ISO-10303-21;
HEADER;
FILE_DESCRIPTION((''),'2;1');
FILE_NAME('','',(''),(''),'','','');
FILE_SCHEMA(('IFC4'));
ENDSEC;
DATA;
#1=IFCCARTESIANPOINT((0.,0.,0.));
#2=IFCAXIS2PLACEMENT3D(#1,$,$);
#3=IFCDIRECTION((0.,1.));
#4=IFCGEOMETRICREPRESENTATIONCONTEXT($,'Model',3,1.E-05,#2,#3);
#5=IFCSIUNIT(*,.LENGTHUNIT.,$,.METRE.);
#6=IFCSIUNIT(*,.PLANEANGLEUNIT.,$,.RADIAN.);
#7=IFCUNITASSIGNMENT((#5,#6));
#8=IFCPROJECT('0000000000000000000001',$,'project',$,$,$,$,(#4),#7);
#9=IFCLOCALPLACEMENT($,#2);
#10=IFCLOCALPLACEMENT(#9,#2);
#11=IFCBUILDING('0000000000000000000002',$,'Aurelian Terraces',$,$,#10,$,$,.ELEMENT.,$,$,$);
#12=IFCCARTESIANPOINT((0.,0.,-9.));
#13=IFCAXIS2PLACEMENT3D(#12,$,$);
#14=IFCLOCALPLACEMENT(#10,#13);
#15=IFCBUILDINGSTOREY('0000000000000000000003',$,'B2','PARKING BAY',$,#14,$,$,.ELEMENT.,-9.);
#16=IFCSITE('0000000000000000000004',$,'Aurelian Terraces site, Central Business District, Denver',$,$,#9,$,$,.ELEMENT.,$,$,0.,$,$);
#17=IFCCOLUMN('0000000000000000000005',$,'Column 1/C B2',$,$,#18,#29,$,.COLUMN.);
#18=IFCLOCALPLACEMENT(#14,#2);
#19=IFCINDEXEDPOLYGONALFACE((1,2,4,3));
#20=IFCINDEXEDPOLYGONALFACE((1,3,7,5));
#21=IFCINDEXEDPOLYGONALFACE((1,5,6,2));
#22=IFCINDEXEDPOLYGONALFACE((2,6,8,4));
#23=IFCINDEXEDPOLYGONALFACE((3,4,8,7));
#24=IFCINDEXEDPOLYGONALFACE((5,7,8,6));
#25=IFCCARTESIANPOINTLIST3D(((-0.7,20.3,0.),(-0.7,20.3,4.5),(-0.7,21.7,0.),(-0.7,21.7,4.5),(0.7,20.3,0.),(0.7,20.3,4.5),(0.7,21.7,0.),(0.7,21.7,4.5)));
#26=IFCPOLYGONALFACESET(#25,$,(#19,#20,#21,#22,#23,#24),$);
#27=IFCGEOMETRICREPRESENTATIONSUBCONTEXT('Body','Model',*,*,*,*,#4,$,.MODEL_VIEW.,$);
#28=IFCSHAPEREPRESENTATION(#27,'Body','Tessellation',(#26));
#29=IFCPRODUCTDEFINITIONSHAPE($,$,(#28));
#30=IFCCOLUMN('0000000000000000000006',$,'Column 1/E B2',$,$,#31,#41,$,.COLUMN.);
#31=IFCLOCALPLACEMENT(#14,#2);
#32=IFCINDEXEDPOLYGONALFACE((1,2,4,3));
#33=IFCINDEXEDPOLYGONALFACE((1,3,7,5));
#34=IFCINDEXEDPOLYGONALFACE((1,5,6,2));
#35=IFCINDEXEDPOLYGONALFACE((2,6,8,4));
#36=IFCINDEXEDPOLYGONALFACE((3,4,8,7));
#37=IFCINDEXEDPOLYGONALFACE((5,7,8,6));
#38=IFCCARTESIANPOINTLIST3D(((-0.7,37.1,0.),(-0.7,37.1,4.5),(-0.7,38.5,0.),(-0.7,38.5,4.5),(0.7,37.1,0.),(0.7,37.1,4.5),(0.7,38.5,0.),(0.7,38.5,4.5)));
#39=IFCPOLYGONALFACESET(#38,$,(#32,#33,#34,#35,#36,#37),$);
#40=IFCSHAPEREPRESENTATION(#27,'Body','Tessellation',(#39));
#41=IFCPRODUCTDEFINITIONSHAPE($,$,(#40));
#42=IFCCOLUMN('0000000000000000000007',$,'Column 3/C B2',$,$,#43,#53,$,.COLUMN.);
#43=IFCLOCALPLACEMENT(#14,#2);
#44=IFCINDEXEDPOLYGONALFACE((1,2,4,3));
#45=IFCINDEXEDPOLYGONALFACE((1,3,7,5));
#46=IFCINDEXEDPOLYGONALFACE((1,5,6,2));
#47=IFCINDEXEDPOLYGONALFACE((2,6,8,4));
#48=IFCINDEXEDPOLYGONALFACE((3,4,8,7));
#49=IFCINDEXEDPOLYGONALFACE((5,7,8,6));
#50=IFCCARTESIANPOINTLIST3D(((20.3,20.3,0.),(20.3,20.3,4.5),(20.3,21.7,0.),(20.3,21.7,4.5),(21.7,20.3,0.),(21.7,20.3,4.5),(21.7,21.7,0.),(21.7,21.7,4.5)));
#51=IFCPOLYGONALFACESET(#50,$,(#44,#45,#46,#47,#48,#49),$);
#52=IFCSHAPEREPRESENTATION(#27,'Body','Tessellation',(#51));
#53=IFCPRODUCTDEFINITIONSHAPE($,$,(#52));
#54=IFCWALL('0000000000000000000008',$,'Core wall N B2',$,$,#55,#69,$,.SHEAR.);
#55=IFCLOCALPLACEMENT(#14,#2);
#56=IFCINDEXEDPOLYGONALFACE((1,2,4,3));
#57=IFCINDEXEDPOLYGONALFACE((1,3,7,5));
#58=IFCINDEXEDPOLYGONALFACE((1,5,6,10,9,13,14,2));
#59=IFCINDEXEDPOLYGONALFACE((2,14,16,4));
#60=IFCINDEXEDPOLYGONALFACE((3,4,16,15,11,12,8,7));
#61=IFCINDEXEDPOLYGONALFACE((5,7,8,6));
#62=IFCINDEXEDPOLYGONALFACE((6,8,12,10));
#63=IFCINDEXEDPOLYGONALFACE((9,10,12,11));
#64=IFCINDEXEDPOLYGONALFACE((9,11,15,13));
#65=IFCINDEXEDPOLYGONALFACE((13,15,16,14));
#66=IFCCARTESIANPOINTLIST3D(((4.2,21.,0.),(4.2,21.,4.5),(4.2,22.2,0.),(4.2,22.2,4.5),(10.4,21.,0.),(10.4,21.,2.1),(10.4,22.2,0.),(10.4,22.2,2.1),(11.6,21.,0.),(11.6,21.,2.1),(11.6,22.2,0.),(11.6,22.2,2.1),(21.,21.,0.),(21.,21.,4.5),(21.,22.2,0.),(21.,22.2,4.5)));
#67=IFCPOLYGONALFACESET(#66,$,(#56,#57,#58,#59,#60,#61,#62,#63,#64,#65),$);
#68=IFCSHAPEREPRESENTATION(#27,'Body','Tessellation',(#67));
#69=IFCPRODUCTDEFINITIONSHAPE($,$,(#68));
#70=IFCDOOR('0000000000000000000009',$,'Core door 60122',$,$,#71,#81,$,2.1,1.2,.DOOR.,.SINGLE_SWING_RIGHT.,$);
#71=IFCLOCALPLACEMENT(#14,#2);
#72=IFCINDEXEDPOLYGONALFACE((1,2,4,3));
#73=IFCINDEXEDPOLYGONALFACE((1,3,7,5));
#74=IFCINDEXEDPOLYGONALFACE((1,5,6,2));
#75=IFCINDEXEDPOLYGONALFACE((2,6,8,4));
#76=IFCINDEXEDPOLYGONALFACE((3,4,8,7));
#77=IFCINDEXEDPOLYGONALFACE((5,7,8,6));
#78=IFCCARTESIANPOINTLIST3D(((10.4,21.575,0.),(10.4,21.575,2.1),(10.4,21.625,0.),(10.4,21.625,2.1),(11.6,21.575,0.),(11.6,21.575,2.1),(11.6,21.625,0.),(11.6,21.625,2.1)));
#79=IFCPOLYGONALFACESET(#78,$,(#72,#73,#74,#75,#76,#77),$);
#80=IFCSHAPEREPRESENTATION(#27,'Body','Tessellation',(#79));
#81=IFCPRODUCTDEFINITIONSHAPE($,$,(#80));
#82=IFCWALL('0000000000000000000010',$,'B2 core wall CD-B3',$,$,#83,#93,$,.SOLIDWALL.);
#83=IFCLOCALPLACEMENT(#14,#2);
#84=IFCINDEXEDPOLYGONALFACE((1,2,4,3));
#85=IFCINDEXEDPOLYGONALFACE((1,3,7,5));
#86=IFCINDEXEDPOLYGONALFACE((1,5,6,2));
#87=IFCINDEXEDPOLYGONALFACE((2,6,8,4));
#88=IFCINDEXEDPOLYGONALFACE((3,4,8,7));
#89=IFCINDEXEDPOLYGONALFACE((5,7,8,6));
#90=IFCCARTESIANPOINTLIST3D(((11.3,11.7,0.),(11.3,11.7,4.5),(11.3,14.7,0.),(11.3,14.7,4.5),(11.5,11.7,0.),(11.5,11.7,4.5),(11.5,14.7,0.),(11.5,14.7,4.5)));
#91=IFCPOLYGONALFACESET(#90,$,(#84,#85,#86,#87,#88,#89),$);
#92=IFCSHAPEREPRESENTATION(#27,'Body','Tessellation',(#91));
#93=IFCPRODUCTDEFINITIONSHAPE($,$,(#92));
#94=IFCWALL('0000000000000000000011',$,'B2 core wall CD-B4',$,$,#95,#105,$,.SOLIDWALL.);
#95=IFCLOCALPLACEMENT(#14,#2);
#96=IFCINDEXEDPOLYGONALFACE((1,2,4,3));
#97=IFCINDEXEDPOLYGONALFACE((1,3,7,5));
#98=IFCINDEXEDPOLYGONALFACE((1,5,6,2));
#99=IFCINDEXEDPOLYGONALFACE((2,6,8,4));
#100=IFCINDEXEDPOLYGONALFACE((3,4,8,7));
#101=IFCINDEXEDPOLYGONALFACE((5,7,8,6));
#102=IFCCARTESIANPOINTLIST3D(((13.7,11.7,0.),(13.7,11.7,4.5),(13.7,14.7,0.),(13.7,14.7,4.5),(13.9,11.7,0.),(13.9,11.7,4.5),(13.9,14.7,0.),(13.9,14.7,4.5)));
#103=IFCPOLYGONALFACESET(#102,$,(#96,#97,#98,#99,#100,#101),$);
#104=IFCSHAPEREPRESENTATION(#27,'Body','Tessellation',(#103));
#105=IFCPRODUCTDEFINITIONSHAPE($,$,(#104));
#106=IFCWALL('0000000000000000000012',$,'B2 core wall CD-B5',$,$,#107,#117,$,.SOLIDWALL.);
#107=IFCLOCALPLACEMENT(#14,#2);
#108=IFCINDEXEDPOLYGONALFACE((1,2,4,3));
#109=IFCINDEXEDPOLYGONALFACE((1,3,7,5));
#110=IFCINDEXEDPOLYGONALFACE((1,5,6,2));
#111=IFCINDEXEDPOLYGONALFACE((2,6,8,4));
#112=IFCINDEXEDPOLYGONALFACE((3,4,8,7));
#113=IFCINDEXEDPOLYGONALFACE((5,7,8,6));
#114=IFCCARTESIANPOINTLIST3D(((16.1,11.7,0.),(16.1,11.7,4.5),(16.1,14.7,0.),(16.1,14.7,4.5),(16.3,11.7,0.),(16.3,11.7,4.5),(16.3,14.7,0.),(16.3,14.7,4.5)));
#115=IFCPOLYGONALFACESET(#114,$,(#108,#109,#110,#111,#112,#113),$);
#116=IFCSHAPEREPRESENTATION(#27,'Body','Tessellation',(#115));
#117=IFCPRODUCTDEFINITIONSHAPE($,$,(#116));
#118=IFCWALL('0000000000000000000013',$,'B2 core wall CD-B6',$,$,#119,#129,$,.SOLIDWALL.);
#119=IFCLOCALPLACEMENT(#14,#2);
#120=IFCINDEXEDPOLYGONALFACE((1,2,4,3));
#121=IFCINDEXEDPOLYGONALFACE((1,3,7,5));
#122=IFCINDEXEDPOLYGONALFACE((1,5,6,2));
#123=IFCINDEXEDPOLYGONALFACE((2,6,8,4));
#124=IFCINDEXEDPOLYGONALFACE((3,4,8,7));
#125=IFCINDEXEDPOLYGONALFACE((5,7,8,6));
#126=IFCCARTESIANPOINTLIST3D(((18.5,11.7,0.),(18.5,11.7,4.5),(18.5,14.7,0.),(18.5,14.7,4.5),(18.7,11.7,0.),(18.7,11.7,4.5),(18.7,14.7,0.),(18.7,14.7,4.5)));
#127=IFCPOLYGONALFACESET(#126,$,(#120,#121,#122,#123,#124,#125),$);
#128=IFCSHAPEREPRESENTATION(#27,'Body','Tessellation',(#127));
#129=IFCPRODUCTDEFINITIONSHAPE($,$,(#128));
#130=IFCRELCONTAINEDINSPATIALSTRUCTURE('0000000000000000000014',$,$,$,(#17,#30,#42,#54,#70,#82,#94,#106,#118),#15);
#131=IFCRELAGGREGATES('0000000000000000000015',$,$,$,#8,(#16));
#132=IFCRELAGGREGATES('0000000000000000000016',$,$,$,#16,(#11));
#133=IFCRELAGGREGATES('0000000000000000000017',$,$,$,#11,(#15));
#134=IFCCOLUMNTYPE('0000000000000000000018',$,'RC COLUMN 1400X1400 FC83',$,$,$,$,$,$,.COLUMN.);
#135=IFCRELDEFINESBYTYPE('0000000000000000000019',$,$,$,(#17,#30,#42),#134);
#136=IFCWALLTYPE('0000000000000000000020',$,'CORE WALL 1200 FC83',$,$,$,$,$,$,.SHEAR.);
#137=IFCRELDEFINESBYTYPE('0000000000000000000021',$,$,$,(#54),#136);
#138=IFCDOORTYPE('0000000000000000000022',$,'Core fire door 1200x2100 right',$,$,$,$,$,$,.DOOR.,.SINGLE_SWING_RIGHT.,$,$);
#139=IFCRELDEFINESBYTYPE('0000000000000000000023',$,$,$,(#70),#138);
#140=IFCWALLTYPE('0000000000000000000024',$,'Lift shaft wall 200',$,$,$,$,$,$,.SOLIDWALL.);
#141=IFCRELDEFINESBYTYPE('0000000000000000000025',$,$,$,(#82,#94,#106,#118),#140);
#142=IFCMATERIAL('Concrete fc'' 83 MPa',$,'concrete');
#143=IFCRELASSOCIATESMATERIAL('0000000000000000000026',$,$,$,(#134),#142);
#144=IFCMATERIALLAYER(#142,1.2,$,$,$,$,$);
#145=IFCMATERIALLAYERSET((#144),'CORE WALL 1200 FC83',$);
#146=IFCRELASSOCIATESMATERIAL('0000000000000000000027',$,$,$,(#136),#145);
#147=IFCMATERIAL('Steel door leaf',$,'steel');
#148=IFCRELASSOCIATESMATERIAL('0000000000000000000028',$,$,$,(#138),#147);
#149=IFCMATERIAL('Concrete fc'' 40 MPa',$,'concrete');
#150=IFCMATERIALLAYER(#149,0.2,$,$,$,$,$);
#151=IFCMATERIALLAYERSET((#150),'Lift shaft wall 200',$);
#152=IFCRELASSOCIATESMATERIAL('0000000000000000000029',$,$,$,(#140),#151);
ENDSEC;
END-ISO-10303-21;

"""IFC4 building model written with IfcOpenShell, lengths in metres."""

from ifc_helpers import new_model, si_unit, direction, frame, frame_2d, origin, origin_2d, place, context, subcontext, project, spatial, rectangle, extrude, source, transform, mapped, material, layer, layer_set, material_profile, profile_set, type_object, element, fill, save


model = new_model("IFC4")

# Units and contexts
model_context = context("Model", 3, precision=1e-05, world=origin(), true_north=direction((0.0, 1.0)))
body_context = subcontext(model_context, "Body", "Model", "MODEL_VIEW")
ifc_project = project(units=[si_unit("LENGTHUNIT", "METRE"), si_unit("PLANEANGLEUNIT", "RADIAN")], contexts=[model_context])

# Site, building, storey
site_placement = place(None, origin())
site = spatial("IfcSite", under=ifc_project, at=site_placement, Name="Aurelian Terraces site, Central Business District, Denver", CompositionType="ELEMENT", RefElevation=0.0)
building_placement = place(site_placement, origin())
building = spatial("IfcBuilding", under=site, at=building_placement, Name="Aurelian Terraces", CompositionType="ELEMENT")
storey_placement = place(building_placement, frame((0.0, 0.0, -9.0)))
storey = spatial("IfcBuildingStorey", under=building, at=storey_placement, Name="B2", Description="PARKING BAY", CompositionType="ELEMENT", Elevation=-9.0)

# Columns
ifc_material_1 = material(Name="Concrete fc' 83 MPa", Category="concrete")
ifc_material_profile = material_profile(ifc_material_1, rectangle(XDim=1.4, YDim=1.4, at=origin_2d()))
ifc_profile_set = profile_set([ifc_material_profile], Name="Concrete fc' 83 MPa")
column_type = type_object("IfcColumnType", Name="RC COLUMN 1400X1400 FC83", PredefinedType="COLUMN", material=ifc_profile_set)
shared_shape_1 = source(origin(), body_context, "Body", "SweptSolid", [
    extrude(rectangle(XDim=1.4, YDim=1.4, at=origin_2d()), origin(), (0.0, 0.0, 1.0), 4.5),
])
for number, where, z_axis, x_axis, name in (
    (1, (0.0, 21.0, 0.0), (0.0, 0.0, 1.0), (1.0, 0.0, 0.0), "Column 1/C B2"),
    (2, (0.0, 37.8, 0.0), (0.0, 0.0, 1.0), (1.0, 0.0, 0.0), "Column 1/E B2"),
    (3, (21.0, 21.0, 0.0), (0.0, 0.0, 1.0), (1.0, 0.0, 0.0), "Column 3/C B2"),
):
    element("IfcColumn", number, at=place(storey_placement, frame(where, z_axis=z_axis, x_axis=x_axis)), inside=storey, type_object=column_type, Name=name, PredefinedType="COLUMN", context=body_context, shape_type="MappedRepresentation", body=[
        mapped(shared_shape_1, transform((0.0, 0.0, 0.0), scale=1.0)),
    ])

# Wall, opening, door
ifc_layer_1 = layer(ifc_material_1, 1.2)
ifc_layer_set_1 = layer_set([ifc_layer_1], Name="CORE WALL 1200 FC83")
wall_type_1 = type_object("IfcWallType", Name="CORE WALL 1200 FC83", PredefinedType="SHEAR", material=ifc_layer_set_1)
shared_shape_2 = source(origin(), body_context, "Body", "SweptSolid", [
    extrude(rectangle(XDim=16.8, YDim=1.2, at=frame_2d((8.4, 0.0))), origin(), (0.0, 0.0, 1.0), 4.5),
])
wall_1_placement = place(storey_placement, frame((4.2, 21.6, 0.0), z_axis=(0.0, 0.0, 1.0), x_axis=(1.0, 0.0, 0.0)))
wall_1 = element("IfcWall", 4, at=wall_1_placement, inside=storey, type_object=wall_type_1, Name="Core wall N B2", PredefinedType="SHEAR", context=body_context, shape_type="MappedRepresentation", body=[
    mapped(shared_shape_2, transform((0.0, 0.0, 0.0), scale=1.0)),
])
shared_shape_3 = source(origin(), body_context, "Body", "SweptSolid", [
    extrude(rectangle(XDim=1.2, YDim=2.1, at=frame_2d((0.6, 1.05))), frame((0.0, 0.61, 0.0), z_axis=(0.0, -1.0, 0.0), x_axis=(1.0, 0.0, 0.0)), (0.0, 0.0, 1.0), 1.22),
])
opening_1_placement = place(wall_1_placement, frame((6.2, 0.0, 0.0)))
opening_1 = element("IfcOpeningElement", 5, at=opening_1_placement, cuts=wall_1, PredefinedType="OPENING", context=body_context, shape_type="MappedRepresentation", body=[
    mapped(shared_shape_3, transform((0.0, 0.0, 0.0), scale=1.0)),
])
ifc_material_2 = material(Name="Steel door leaf", Category="steel")
door_type_1 = type_object("IfcDoorType", Name="Core fire door 1200x2100 right", OperationType="SINGLE_SWING_RIGHT", PredefinedType="DOOR", material=ifc_material_2)
shared_shape_4 = source(origin(), body_context, "Body", "SweptSolid", [
    extrude(rectangle(XDim=1.2, YDim=2.1, at=frame_2d((0.6, 1.05))), frame((0.0, 0.025, 0.0), z_axis=(0.0, -1.0, 0.0), x_axis=(1.0, 0.0, 0.0)), (0.0, 0.0, 1.0), 0.05),
])
door_1_placement = place(opening_1_placement, origin())
door_1 = element("IfcDoor", 6, at=door_1_placement, inside=storey, type_object=door_type_1, Name="Core door 60122", OperationType="SINGLE_SWING_RIGHT", OverallHeight=2.1, OverallWidth=1.2, PredefinedType="DOOR", context=body_context, shape_type="MappedRepresentation", body=[
    mapped(shared_shape_4, transform((0.0, 0.0, 0.0), scale=1.0)),
])
fill(opening_1, door_1)

# Walls
ifc_material_3 = material(Name="Concrete fc' 40 MPa", Category="concrete")
ifc_layer_2 = layer(ifc_material_3, 0.2)
ifc_layer_set_2 = layer_set([ifc_layer_2], Name="Lift shaft wall 200")
wall_type_2 = type_object("IfcWallType", Name="Lift shaft wall 200", PredefinedType="SOLIDWALL", material=ifc_layer_set_2)
shared_shape_5 = source(origin(), body_context, "Body", "SweptSolid", [
    extrude(rectangle(XDim=3.0, YDim=0.2, at=frame_2d((1.5, 0.0))), origin(), (0.0, 0.0, 1.0), 4.5),
])
for number, where, z_axis, x_axis, name in (
    (7, (11.4, 11.7, 0.0), (0.0, 0.0, 1.0), (0.0, 1.0, 0.0), "B2 core wall CD-B3"),
    (8, (13.8, 11.7, 0.0), (0.0, 0.0, 1.0), (0.0, 1.0, 0.0), "B2 core wall CD-B4"),
    (9, (16.2, 11.7, 0.0), (0.0, 0.0, 1.0), (0.0, 1.0, 0.0), "B2 core wall CD-B5"),
    (10, (18.6, 11.7, 0.0), (0.0, 0.0, 1.0), (0.0, 1.0, 0.0), "B2 core wall CD-B6"),
):
    element("IfcWall", number, at=place(storey_placement, frame(where, z_axis=z_axis, x_axis=x_axis)), inside=storey, type_object=wall_type_2, Name=name, PredefinedType="SOLIDWALL", context=body_context, shape_type="MappedRepresentation", body=[
        mapped(shared_shape_5, transform((0.0, 0.0, 0.0), scale=1.0)),
    ])

save(model, "model.ifc")
